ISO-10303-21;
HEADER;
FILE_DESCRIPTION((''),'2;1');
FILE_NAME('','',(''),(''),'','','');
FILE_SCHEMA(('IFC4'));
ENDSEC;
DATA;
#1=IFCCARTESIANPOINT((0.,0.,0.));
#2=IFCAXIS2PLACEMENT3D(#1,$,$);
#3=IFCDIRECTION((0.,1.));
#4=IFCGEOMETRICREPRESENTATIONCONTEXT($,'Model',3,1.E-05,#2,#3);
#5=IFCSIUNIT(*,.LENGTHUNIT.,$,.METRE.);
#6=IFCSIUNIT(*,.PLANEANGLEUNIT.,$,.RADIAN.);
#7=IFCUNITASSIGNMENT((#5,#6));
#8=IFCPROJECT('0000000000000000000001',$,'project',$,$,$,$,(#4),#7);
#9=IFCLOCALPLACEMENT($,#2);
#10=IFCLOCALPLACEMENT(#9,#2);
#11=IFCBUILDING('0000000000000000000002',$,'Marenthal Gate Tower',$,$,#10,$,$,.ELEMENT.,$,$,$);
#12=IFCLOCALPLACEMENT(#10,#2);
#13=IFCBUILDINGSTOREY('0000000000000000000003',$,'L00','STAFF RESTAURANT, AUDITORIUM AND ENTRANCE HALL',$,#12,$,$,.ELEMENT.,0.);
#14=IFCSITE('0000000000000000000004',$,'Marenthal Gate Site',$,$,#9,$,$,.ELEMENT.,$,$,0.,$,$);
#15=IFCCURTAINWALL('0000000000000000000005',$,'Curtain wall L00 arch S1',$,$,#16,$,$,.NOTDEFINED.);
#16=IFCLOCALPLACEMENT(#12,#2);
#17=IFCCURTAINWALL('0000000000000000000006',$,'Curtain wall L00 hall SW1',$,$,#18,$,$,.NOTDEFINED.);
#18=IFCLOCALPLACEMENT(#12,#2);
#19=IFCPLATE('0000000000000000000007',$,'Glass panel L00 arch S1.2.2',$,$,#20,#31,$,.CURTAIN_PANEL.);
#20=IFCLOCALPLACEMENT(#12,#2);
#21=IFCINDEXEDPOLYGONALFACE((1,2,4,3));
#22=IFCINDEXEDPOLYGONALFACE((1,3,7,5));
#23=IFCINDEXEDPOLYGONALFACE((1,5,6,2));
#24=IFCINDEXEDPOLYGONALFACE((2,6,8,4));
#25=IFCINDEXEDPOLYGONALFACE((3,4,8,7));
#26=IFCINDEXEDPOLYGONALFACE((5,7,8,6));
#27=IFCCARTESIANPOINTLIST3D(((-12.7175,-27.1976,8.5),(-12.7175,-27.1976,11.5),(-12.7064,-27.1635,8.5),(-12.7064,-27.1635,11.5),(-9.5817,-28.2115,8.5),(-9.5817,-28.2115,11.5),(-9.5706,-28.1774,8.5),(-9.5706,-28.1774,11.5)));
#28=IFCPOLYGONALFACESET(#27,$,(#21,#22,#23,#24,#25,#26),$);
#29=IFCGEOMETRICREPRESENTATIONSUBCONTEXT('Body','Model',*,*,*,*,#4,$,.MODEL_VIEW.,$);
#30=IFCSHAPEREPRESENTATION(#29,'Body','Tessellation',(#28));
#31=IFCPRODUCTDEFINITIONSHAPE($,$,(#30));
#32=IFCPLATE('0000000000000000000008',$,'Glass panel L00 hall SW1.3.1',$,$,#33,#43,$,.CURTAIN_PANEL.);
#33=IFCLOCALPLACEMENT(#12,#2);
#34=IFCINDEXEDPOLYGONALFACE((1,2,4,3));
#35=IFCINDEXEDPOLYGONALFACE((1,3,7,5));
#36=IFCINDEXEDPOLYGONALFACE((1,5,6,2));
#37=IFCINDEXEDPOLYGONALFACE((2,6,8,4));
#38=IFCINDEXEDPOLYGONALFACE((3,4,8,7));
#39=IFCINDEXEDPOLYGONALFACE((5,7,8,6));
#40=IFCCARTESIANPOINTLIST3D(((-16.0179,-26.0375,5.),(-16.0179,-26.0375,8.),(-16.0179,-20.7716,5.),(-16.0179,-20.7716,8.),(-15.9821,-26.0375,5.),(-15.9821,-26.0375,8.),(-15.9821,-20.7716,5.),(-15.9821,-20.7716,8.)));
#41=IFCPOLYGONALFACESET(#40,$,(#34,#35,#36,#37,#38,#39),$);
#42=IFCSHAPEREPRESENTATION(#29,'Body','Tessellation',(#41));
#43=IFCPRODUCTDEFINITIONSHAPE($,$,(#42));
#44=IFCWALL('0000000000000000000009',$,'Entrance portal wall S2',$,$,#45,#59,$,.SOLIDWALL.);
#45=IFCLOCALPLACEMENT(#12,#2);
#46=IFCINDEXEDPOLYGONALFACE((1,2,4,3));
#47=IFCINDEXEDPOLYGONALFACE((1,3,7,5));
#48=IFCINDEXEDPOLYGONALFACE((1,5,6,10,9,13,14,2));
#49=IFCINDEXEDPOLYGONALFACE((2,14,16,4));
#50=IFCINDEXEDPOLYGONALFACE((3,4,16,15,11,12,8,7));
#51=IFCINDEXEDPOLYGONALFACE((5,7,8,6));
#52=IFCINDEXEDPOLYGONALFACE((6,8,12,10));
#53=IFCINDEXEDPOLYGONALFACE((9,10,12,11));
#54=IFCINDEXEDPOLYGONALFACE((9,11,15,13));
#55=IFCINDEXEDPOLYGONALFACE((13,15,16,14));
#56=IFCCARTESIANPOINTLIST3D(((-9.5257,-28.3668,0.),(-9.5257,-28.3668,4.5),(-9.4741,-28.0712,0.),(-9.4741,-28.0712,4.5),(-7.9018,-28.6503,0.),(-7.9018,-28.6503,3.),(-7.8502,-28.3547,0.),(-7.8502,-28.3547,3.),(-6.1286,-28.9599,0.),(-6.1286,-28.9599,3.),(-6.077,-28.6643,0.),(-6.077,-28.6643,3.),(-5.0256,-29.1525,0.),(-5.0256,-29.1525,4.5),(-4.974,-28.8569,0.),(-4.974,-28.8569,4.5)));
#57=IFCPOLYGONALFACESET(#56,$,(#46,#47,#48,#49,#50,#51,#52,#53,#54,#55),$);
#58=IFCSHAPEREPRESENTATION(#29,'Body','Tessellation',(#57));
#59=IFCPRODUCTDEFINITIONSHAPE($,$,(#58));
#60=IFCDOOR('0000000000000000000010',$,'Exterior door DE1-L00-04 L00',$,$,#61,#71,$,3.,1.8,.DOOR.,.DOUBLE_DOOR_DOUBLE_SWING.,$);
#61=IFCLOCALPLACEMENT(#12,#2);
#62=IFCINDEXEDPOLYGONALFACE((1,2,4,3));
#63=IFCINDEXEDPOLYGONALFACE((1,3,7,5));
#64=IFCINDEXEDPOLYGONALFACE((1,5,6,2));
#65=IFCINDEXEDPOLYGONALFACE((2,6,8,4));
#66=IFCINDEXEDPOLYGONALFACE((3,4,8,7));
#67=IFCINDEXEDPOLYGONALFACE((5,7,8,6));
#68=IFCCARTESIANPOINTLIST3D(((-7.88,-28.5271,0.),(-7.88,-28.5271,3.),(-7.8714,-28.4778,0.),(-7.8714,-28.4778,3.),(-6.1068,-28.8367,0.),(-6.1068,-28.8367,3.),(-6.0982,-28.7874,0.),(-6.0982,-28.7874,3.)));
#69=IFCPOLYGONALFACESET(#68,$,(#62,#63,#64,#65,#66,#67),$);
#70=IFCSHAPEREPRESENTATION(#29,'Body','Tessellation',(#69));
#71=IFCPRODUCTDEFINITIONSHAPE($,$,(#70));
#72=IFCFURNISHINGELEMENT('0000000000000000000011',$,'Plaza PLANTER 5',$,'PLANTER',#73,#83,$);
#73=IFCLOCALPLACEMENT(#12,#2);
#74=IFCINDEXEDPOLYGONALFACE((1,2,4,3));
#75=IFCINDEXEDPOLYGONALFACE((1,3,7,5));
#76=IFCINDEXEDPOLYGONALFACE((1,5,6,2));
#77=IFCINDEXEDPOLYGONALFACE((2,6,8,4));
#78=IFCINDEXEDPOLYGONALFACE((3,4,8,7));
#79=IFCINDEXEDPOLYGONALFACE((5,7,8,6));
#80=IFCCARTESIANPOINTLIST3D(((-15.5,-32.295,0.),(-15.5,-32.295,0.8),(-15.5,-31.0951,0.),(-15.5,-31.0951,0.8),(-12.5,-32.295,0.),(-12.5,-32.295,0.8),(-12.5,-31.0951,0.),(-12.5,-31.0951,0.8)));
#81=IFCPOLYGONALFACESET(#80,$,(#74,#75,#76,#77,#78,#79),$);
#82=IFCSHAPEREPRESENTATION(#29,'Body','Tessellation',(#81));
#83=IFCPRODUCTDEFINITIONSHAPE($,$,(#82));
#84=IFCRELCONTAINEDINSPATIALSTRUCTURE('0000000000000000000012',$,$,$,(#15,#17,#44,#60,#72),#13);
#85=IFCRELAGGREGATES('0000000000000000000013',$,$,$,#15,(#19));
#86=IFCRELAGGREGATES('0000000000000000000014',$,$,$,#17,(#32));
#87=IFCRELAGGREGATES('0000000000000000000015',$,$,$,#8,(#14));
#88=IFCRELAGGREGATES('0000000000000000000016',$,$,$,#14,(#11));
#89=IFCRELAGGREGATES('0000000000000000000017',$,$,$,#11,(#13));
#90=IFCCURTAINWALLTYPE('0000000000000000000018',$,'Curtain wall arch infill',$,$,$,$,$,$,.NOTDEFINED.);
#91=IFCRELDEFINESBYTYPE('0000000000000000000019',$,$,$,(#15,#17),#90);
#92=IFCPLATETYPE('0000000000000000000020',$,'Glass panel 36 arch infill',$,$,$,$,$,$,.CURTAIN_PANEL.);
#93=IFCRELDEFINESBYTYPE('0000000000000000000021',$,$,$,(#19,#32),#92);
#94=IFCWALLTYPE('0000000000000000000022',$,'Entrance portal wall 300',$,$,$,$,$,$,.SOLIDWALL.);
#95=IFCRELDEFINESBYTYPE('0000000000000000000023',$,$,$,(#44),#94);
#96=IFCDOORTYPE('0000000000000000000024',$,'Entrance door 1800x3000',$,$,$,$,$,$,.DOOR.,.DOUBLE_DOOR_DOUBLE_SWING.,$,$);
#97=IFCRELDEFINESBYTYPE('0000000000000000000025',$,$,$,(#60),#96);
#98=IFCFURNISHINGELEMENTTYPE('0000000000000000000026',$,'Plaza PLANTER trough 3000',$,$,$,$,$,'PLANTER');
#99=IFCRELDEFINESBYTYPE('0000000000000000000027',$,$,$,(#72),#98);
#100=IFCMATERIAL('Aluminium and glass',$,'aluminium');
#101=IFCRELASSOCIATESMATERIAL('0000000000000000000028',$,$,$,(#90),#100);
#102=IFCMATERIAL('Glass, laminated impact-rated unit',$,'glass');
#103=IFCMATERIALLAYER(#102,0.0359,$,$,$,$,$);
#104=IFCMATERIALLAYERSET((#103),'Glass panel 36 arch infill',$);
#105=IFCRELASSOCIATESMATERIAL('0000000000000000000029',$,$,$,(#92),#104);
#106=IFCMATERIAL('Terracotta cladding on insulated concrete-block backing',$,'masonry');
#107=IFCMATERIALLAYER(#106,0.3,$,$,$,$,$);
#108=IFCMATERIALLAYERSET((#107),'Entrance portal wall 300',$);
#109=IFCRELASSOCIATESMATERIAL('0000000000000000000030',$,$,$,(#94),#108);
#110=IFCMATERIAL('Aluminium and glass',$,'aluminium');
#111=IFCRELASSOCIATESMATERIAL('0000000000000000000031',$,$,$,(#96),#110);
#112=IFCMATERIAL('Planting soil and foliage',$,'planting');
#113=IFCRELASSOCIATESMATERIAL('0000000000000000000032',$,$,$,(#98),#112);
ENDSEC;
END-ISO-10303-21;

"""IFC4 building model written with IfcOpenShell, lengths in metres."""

from ifc_helpers import new_model, si_unit, direction, frame, frame_2d, origin, origin_2d, place, context, subcontext, project, spatial, rectangle, extrude, material, layer, layer_set, type_object, element, fill, aggregate, save


model = new_model("IFC4")

# Units and contexts
model_context = context("Model", 3, precision=1e-05, world=origin(), true_north=direction((0.0, 1.0)))
body_context = subcontext(model_context, "Body", "Model", "MODEL_VIEW")
ifc_project = project(units=[si_unit("LENGTHUNIT", "METRE"), si_unit("PLANEANGLEUNIT", "RADIAN")], contexts=[model_context])

# Site, building, storey
site_placement = place(None, origin())
site = spatial("IfcSite", under=ifc_project, at=site_placement, Name="Marenthal Gate Site", CompositionType="ELEMENT", RefElevation=0.0)
building_placement = place(site_placement, origin())
building = spatial("IfcBuilding", under=site, at=building_placement, Name="Marenthal Gate Tower", CompositionType="ELEMENT")
storey_placement = place(building_placement, origin())
storey = spatial("IfcBuildingStorey", under=building, at=storey_placement, Name="L00", Description="STAFF RESTAURANT, AUDITORIUM AND ENTRANCE HALL", CompositionType="ELEMENT", Elevation=0.0)

# Curtain wall
ifc_material_1 = material(Name="Aluminium and glass", Category="aluminium")
curtain_wall_type = type_object("IfcCurtainWallType", Name="Curtain wall arch infill", PredefinedType="NOTDEFINED", material=ifc_material_1)
curtain_wall_1_placement = place(storey_placement, origin())
curtain_wall_1 = element("IfcCurtainWall", 1, at=curtain_wall_1_placement, inside=storey, type_object=curtain_wall_type, Name="Curtain wall L00 arch S1", PredefinedType="NOTDEFINED")

# Curtain wall
curtain_wall_2_placement = place(storey_placement, origin())
curtain_wall_2 = element("IfcCurtainWall", 2, at=curtain_wall_2_placement, inside=storey, type_object=curtain_wall_type, Name="Curtain wall L00 hall SW1", PredefinedType="NOTDEFINED")

# Plates
ifc_material_2 = material(Name="Glass, laminated impact-rated unit", Category="glass")
ifc_layer_1 = layer(ifc_material_2, 0.0359)
ifc_layer_set_1 = layer_set([ifc_layer_1], Name="Glass panel 36 arch infill")
plate_type = type_object("IfcPlateType", Name="Glass panel 36 arch infill", PredefinedType="CURTAIN_PANEL", material=ifc_layer_set_1)
plate_1_placement = place(storey_placement, frame((-11.144, -27.6875, 8.5), z_axis=(0.0, 0.0, 1.0), x_axis=(0.951502, -0.307641, 0.0)))
plate_1 = element("IfcPlate", 3, at=plate_1_placement, type_object=plate_type, Name="Glass panel L00 arch S1.2.2", PredefinedType="CURTAIN_PANEL", context=body_context, shape_type="SweptSolid", body=[
    extrude(rectangle(XDim=3.2957, YDim=0.0359, at=origin_2d()), origin(), (0.0, 0.0, 1.0), 3.0),
])
aggregate(curtain_wall_1, [plate_1])
plate_2_placement = place(storey_placement, frame((-16.0, -23.4045, 5.0), z_axis=(0.0, 0.0, 1.0), x_axis=(0.0, -1.0, 0.0)))
plate_2 = element("IfcPlate", 4, at=plate_2_placement, type_object=plate_type, Name="Glass panel L00 hall SW1.3.1", PredefinedType="CURTAIN_PANEL", context=body_context, shape_type="SweptSolid", body=[
    extrude(rectangle(XDim=5.2659, YDim=0.0359, at=origin_2d()), origin(), (0.0, 0.0, 1.0), 3.0),
])
aggregate(curtain_wall_2, [plate_2])

# Wall, opening, door
ifc_material_3 = material(Name="Terracotta cladding on insulated concrete-block backing", Category="masonry")
ifc_layer_2 = layer(ifc_material_3, 0.3)
ifc_layer_set_2 = layer_set([ifc_layer_2], Name="Entrance portal wall 300")
wall_type = type_object("IfcWallType", Name="Entrance portal wall 300", PredefinedType="SOLIDWALL", material=ifc_layer_set_2)
wall_1_placement = place(storey_placement, frame((-9.5, -28.219, 0.0), z_axis=(0.0, 0.0, 1.0), x_axis=(0.985099, -0.171986, 0.0)))
wall_1 = element("IfcWall", 5, at=wall_1_placement, inside=storey, type_object=wall_type, Name="Entrance portal wall S2", PredefinedType="SOLIDWALL", context=body_context, shape_type="SweptSolid", body=[
    extrude(rectangle(XDim=4.5681, YDim=0.3, at=frame_2d((2.2842, 0.0))), origin(), (0.0, 0.0, 1.0), 4.5),
])
opening_1_placement = place(wall_1_placement, frame((1.6487, 0.0, 0.0)))
opening_1 = element("IfcOpeningElement", 6, at=opening_1_placement, cuts=wall_1, PredefinedType="OPENING", context=body_context, shape_type="SweptSolid", body=[
    extrude(rectangle(XDim=1.8, YDim=3.0, at=frame_2d((0.8999, 1.5))), frame((0.0, 0.1602, 0.0), z_axis=(0.0, -1.0, 0.0), x_axis=(1.0, 0.0, 0.0)), (0.0, 0.0, 1.0), 0.3201),
])
ifc_material_4 = material(Name="Aluminium and glass", Category="aluminium")
door_type_1 = type_object("IfcDoorType", Name="Entrance door 1800x3000", OperationType="DOUBLE_DOOR_DOUBLE_SWING", PredefinedType="DOOR", material=ifc_material_4)
door_1_placement = place(opening_1_placement, frame((1.8, 0.0, 0.0), z_axis=(0.0, 0.0, 1.0), x_axis=(-1.0, 0.0, 0.0)))
door_1 = element("IfcDoor", 7, at=door_1_placement, inside=storey, type_object=door_type_1, Name="Exterior door DE1-L00-04 L00", OperationType="DOUBLE_DOOR_DOUBLE_SWING", OverallHeight=3.0, OverallWidth=1.8, PredefinedType="DOOR", context=body_context, shape_type="SweptSolid", body=[
    extrude(rectangle(XDim=1.8, YDim=3.0, at=frame_2d((0.8999, 1.5))), frame((0.0, 0.0249, 0.0), z_axis=(0.0, -1.0, 0.0), x_axis=(1.0, 0.0, 0.0)), (0.0, 0.0, 1.0), 0.05),
])
fill(opening_1, door_1)

# Furnishing element
ifc_material_5 = material(Name="Planting soil and foliage", Category="planting")
furnishing_element_type = type_object("IfcFurnishingElementType", Name="Plaza PLANTER trough 3000", ElementType="PLANTER", material=ifc_material_5)
furnishing_placement = place(storey_placement, frame((-14.0, -31.6951, 0.0), z_axis=(0.0, 0.0, 1.0), x_axis=(1.0, 0.0, 0.0)))
element("IfcFurnishingElement", 8, at=furnishing_placement, inside=storey, type_object=furnishing_element_type, Name="Plaza PLANTER 5", ObjectType="PLANTER", context=body_context, shape_type="SweptSolid", body=[
    extrude(rectangle(XDim=3.0, YDim=1.2, at=origin_2d()), origin(), (0.0, 0.0, 1.0), 0.8),
])

save(model, "model.ifc")
